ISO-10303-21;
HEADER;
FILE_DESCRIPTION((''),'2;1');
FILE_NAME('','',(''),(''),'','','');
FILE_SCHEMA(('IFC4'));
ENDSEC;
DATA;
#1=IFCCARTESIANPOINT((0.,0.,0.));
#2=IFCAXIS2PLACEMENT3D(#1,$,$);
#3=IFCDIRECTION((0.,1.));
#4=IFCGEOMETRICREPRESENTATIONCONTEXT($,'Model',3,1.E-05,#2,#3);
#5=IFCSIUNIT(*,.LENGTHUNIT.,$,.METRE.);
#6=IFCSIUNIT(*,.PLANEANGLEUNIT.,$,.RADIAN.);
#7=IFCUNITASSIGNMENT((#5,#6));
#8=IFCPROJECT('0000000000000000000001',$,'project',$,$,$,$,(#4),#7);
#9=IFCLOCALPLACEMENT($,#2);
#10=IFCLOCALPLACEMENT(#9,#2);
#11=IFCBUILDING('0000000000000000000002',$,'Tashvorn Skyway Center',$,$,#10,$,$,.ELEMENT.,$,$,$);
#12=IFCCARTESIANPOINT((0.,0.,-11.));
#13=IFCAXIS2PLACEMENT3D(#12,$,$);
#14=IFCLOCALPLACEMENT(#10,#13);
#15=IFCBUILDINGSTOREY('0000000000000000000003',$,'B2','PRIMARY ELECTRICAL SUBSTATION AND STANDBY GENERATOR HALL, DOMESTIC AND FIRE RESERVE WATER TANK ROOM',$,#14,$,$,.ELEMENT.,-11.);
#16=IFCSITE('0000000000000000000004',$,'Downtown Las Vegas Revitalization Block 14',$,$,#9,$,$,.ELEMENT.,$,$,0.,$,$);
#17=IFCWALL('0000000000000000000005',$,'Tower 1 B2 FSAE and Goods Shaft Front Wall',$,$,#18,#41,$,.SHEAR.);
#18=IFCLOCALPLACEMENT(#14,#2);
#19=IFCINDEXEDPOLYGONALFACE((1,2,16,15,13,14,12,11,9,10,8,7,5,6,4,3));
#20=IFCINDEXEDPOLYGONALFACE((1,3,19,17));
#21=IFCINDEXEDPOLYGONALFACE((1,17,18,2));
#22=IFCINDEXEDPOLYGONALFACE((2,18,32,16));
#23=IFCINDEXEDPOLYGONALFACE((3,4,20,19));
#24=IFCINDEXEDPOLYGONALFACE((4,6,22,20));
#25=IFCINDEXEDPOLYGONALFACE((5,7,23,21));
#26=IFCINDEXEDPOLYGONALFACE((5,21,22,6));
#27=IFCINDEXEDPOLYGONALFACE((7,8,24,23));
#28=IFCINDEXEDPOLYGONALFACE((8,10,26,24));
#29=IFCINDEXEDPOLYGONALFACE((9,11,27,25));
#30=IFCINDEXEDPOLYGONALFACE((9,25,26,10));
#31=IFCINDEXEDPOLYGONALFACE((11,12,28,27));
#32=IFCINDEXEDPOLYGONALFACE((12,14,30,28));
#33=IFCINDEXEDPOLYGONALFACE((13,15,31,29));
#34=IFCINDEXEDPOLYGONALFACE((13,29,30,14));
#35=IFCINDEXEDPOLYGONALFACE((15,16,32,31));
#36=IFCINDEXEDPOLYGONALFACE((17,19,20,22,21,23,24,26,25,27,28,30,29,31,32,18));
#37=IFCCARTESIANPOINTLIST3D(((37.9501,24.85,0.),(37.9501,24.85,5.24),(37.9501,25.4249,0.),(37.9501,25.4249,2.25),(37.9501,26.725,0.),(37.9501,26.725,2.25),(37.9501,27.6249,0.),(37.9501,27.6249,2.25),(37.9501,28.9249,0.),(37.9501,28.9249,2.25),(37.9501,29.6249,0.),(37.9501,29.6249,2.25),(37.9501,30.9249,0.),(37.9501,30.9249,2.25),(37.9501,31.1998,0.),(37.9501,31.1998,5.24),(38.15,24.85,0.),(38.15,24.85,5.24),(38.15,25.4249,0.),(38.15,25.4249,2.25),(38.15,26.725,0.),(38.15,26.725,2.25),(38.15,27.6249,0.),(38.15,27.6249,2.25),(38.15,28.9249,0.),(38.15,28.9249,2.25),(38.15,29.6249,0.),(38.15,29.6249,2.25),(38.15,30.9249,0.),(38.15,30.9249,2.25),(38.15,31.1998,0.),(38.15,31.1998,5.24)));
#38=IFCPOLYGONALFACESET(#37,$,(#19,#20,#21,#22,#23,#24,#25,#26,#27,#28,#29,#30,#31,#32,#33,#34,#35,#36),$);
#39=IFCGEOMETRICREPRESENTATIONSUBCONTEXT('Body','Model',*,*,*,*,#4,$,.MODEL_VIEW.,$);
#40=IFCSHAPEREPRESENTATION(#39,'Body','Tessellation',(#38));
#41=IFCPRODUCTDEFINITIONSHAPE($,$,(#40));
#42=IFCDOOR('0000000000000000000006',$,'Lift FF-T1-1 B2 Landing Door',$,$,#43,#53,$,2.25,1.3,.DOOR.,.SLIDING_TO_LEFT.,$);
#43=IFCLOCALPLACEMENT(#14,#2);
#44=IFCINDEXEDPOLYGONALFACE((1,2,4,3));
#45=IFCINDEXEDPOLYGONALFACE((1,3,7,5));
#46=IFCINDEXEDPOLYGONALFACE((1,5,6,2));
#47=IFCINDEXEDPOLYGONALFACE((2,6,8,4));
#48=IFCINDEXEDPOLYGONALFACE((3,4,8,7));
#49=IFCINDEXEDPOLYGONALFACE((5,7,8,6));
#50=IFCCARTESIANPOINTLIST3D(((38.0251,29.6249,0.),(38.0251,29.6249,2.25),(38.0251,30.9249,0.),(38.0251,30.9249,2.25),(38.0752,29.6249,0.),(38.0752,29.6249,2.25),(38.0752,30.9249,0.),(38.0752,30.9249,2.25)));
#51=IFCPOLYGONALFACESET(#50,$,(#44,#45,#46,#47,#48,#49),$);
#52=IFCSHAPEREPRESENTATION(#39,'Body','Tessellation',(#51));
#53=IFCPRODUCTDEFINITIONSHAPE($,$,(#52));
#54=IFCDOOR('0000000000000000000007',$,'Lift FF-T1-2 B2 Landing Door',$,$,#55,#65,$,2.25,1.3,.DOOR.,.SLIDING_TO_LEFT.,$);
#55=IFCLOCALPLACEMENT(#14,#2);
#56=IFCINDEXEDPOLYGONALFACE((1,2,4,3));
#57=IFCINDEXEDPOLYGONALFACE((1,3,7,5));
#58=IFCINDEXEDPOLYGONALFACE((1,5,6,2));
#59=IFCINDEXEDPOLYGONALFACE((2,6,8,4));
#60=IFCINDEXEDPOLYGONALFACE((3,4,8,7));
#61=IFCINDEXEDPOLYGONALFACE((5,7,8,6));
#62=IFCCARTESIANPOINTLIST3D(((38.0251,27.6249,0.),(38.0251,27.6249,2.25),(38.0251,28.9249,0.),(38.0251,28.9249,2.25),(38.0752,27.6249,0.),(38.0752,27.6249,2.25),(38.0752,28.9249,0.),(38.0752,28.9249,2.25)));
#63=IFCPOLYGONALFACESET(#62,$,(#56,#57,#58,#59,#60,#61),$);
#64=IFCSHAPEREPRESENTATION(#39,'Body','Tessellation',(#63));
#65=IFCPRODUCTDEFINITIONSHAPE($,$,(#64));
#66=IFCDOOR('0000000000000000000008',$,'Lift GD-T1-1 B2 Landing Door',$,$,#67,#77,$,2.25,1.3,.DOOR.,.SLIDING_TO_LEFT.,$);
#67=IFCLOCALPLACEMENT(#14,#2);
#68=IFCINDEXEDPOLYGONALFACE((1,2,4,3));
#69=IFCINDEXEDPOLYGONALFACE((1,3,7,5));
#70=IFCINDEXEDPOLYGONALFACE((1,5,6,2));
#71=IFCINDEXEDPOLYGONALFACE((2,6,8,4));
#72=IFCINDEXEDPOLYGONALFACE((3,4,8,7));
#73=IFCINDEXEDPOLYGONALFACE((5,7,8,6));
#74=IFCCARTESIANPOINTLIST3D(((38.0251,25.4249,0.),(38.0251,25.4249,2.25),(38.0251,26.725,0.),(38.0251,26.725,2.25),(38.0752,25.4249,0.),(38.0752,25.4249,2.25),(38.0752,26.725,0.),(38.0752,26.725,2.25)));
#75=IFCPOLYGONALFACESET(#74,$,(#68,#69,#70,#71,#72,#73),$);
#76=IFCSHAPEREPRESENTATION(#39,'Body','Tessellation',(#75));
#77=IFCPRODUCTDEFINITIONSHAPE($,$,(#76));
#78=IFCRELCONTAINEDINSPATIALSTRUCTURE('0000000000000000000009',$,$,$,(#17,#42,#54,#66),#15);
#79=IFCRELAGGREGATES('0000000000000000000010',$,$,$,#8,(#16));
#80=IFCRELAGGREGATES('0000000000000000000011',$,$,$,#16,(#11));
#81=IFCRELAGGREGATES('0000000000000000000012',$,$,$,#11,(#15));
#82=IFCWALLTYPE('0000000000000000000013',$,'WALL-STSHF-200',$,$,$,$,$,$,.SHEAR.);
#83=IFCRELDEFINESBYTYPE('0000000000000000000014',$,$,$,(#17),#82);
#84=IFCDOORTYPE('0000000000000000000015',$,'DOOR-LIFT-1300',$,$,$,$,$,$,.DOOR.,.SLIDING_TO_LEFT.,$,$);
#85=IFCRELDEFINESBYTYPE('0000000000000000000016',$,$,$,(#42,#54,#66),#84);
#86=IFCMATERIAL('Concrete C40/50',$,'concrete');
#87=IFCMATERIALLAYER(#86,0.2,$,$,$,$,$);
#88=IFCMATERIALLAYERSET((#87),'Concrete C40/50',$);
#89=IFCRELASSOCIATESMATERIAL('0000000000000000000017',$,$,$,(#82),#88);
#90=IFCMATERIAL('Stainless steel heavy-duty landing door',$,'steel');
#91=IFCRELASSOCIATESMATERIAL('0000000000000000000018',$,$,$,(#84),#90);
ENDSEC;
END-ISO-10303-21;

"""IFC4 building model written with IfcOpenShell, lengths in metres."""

from ifc_helpers import new_model, si_unit, direction, frame, frame_2d, origin, place, context, subcontext, project, spatial, rectangle, extrude, material, layer, layer_set, type_object, element, fill, save


model = new_model("IFC4")

# Units and contexts
model_context = context("Model", 3, precision=1e-05, world=origin(), true_north=direction((0.0, 1.0)))
body_context = subcontext(model_context, "Body", "Model", "MODEL_VIEW")
ifc_project = project(units=[si_unit("LENGTHUNIT", "METRE"), si_unit("PLANEANGLEUNIT", "RADIAN")], contexts=[model_context])

# Site, building, storey
site_placement = place(None, origin())
site = spatial("IfcSite", under=ifc_project, at=site_placement, Name="Downtown Las Vegas Revitalization Block 14", CompositionType="ELEMENT", RefElevation=0.0)
building_placement = place(site_placement, origin())
building = spatial("IfcBuilding", under=site, at=building_placement, Name="Tashvorn Skyway Center", CompositionType="ELEMENT")
storey_placement = place(building_placement, frame((0.0, 0.0, -11.0)))
storey = spatial("IfcBuildingStorey", under=building, at=storey_placement, Name="B2", Description="PRIMARY ELECTRICAL SUBSTATION AND STANDBY GENERATOR HALL, DOMESTIC AND FIRE RESERVE WATER TANK ROOM", CompositionType="ELEMENT", Elevation=-11.0)

# Shared definitions
ifc_material_1 = material(Name="Concrete C40/50", Category="concrete")

# Shared definitions
ifc_layer_1 = layer(ifc_material_1, 0.2)
ifc_layer_set_1 = layer_set([ifc_layer_1], Name="Concrete C40/50")
wall_type_1 = type_object("IfcWallType", Name="WALL-STSHF-200", PredefinedType="SHEAR", material=ifc_layer_set_1)

# Wall, openings, doors
wall_1_placement = place(storey_placement, frame((38.05, 24.8501, 0.0), z_axis=(0.0, 0.0, 1.0), x_axis=(0.0, 1.0, 0.0)))
wall_1 = element("IfcWall", 1, at=wall_1_placement, inside=storey, type_object=wall_type_1, Name="Tower 1 B2 FSAE and Goods Shaft Front Wall", PredefinedType="SHEAR", context=body_context, shape_type="SweptSolid", body=[
    extrude(rectangle(XDim=6.3499, YDim=0.2, at=frame_2d((3.1748, 0.0))), origin(), (0.0, 0.0, 1.0), 5.24),
])
opening_1_placement = place(wall_1_placement, frame((4.7749, 0.0, 0.0)))
opening_1 = element("IfcOpeningElement", 2, at=opening_1_placement, cuts=wall_1, PredefinedType="OPENING", context=body_context, shape_type="SweptSolid", body=[
    extrude(rectangle(XDim=1.3, YDim=2.25, at=frame_2d((0.6499, 1.125))), frame((0.0, 0.1099, 0.0), z_axis=(0.0, -1.0, 0.0), x_axis=(1.0, 0.0, 0.0)), (0.0, 0.0, 1.0), 0.22),
])
opening_2_placement = place(wall_1_placement, frame((2.7749, 0.0, 0.0)))
opening_2 = element("IfcOpeningElement", 3, at=opening_2_placement, cuts=wall_1, PredefinedType="OPENING", context=body_context, shape_type="SweptSolid", body=[
    extrude(rectangle(XDim=1.3, YDim=2.25, at=frame_2d((0.6499, 1.125))), frame((0.0, 0.1099, 0.0), z_axis=(0.0, -1.0, 0.0), x_axis=(1.0, 0.0, 0.0)), (0.0, 0.0, 1.0), 0.22),
])
opening_3_placement = place(wall_1_placement, frame((0.575, 0.0, 0.0)))
opening_3 = element("IfcOpeningElement", 4, at=opening_3_placement, cuts=wall_1, PredefinedType="OPENING", context=body_context, shape_type="SweptSolid", body=[
    extrude(rectangle(XDim=1.3, YDim=2.25, at=frame_2d((0.6499, 1.125))), frame((0.0, 0.1099, 0.0), z_axis=(0.0, -1.0, 0.0), x_axis=(1.0, 0.0, 0.0)), (0.0, 0.0, 1.0), 0.22),
])
ifc_material_2 = material(Name="Stainless steel heavy-duty landing door", Category="steel")
door_type_1 = type_object("IfcDoorType", Name="DOOR-LIFT-1300", OperationType="SLIDING_TO_LEFT", PredefinedType="DOOR", material=ifc_material_2)
door_1_placement = place(opening_1_placement, origin())
door_1 = element("IfcDoor", 5, at=door_1_placement, inside=storey, type_object=door_type_1, Name="Lift FF-T1-1 B2 Landing Door", OperationType="SLIDING_TO_LEFT", OverallHeight=2.25, OverallWidth=1.3, PredefinedType="DOOR", context=body_context, shape_type="SweptSolid", body=[
    extrude(rectangle(XDim=1.3, YDim=2.25, at=frame_2d((0.6499, 1.125))), frame((0.0, 0.0249, 0.0), z_axis=(0.0, -1.0, 0.0), x_axis=(1.0, 0.0, 0.0)), (0.0, 0.0, 1.0), 0.05),
])
fill(opening_1, door_1)
door_2_placement = place(opening_2_placement, origin())
door_2 = element("IfcDoor", 6, at=door_2_placement, inside=storey, type_object=door_type_1, Name="Lift FF-T1-2 B2 Landing Door", OperationType="SLIDING_TO_LEFT", OverallHeight=2.25, OverallWidth=1.3, PredefinedType="DOOR", context=body_context, shape_type="SweptSolid", body=[
    extrude(rectangle(XDim=1.3, YDim=2.25, at=frame_2d((0.6499, 1.125))), frame((0.0, 0.0249, 0.0), z_axis=(0.0, -1.0, 0.0), x_axis=(1.0, 0.0, 0.0)), (0.0, 0.0, 1.0), 0.05),
])
fill(opening_2, door_2)
door_3_placement = place(opening_3_placement, origin())
door_3 = element("IfcDoor", 7, at=door_3_placement, inside=storey, type_object=door_type_1, Name="Lift GD-T1-1 B2 Landing Door", OperationType="SLIDING_TO_LEFT", OverallHeight=2.25, OverallWidth=1.3, PredefinedType="DOOR", context=body_context, shape_type="SweptSolid", body=[
    extrude(rectangle(XDim=1.3, YDim=2.25, at=frame_2d((0.6499, 1.125))), frame((0.0, 0.0249, 0.0), z_axis=(0.0, -1.0, 0.0), x_axis=(1.0, 0.0, 0.0)), (0.0, 0.0, 1.0), 0.05),
])
fill(opening_3, door_3)

save(model, "model.ifc")
